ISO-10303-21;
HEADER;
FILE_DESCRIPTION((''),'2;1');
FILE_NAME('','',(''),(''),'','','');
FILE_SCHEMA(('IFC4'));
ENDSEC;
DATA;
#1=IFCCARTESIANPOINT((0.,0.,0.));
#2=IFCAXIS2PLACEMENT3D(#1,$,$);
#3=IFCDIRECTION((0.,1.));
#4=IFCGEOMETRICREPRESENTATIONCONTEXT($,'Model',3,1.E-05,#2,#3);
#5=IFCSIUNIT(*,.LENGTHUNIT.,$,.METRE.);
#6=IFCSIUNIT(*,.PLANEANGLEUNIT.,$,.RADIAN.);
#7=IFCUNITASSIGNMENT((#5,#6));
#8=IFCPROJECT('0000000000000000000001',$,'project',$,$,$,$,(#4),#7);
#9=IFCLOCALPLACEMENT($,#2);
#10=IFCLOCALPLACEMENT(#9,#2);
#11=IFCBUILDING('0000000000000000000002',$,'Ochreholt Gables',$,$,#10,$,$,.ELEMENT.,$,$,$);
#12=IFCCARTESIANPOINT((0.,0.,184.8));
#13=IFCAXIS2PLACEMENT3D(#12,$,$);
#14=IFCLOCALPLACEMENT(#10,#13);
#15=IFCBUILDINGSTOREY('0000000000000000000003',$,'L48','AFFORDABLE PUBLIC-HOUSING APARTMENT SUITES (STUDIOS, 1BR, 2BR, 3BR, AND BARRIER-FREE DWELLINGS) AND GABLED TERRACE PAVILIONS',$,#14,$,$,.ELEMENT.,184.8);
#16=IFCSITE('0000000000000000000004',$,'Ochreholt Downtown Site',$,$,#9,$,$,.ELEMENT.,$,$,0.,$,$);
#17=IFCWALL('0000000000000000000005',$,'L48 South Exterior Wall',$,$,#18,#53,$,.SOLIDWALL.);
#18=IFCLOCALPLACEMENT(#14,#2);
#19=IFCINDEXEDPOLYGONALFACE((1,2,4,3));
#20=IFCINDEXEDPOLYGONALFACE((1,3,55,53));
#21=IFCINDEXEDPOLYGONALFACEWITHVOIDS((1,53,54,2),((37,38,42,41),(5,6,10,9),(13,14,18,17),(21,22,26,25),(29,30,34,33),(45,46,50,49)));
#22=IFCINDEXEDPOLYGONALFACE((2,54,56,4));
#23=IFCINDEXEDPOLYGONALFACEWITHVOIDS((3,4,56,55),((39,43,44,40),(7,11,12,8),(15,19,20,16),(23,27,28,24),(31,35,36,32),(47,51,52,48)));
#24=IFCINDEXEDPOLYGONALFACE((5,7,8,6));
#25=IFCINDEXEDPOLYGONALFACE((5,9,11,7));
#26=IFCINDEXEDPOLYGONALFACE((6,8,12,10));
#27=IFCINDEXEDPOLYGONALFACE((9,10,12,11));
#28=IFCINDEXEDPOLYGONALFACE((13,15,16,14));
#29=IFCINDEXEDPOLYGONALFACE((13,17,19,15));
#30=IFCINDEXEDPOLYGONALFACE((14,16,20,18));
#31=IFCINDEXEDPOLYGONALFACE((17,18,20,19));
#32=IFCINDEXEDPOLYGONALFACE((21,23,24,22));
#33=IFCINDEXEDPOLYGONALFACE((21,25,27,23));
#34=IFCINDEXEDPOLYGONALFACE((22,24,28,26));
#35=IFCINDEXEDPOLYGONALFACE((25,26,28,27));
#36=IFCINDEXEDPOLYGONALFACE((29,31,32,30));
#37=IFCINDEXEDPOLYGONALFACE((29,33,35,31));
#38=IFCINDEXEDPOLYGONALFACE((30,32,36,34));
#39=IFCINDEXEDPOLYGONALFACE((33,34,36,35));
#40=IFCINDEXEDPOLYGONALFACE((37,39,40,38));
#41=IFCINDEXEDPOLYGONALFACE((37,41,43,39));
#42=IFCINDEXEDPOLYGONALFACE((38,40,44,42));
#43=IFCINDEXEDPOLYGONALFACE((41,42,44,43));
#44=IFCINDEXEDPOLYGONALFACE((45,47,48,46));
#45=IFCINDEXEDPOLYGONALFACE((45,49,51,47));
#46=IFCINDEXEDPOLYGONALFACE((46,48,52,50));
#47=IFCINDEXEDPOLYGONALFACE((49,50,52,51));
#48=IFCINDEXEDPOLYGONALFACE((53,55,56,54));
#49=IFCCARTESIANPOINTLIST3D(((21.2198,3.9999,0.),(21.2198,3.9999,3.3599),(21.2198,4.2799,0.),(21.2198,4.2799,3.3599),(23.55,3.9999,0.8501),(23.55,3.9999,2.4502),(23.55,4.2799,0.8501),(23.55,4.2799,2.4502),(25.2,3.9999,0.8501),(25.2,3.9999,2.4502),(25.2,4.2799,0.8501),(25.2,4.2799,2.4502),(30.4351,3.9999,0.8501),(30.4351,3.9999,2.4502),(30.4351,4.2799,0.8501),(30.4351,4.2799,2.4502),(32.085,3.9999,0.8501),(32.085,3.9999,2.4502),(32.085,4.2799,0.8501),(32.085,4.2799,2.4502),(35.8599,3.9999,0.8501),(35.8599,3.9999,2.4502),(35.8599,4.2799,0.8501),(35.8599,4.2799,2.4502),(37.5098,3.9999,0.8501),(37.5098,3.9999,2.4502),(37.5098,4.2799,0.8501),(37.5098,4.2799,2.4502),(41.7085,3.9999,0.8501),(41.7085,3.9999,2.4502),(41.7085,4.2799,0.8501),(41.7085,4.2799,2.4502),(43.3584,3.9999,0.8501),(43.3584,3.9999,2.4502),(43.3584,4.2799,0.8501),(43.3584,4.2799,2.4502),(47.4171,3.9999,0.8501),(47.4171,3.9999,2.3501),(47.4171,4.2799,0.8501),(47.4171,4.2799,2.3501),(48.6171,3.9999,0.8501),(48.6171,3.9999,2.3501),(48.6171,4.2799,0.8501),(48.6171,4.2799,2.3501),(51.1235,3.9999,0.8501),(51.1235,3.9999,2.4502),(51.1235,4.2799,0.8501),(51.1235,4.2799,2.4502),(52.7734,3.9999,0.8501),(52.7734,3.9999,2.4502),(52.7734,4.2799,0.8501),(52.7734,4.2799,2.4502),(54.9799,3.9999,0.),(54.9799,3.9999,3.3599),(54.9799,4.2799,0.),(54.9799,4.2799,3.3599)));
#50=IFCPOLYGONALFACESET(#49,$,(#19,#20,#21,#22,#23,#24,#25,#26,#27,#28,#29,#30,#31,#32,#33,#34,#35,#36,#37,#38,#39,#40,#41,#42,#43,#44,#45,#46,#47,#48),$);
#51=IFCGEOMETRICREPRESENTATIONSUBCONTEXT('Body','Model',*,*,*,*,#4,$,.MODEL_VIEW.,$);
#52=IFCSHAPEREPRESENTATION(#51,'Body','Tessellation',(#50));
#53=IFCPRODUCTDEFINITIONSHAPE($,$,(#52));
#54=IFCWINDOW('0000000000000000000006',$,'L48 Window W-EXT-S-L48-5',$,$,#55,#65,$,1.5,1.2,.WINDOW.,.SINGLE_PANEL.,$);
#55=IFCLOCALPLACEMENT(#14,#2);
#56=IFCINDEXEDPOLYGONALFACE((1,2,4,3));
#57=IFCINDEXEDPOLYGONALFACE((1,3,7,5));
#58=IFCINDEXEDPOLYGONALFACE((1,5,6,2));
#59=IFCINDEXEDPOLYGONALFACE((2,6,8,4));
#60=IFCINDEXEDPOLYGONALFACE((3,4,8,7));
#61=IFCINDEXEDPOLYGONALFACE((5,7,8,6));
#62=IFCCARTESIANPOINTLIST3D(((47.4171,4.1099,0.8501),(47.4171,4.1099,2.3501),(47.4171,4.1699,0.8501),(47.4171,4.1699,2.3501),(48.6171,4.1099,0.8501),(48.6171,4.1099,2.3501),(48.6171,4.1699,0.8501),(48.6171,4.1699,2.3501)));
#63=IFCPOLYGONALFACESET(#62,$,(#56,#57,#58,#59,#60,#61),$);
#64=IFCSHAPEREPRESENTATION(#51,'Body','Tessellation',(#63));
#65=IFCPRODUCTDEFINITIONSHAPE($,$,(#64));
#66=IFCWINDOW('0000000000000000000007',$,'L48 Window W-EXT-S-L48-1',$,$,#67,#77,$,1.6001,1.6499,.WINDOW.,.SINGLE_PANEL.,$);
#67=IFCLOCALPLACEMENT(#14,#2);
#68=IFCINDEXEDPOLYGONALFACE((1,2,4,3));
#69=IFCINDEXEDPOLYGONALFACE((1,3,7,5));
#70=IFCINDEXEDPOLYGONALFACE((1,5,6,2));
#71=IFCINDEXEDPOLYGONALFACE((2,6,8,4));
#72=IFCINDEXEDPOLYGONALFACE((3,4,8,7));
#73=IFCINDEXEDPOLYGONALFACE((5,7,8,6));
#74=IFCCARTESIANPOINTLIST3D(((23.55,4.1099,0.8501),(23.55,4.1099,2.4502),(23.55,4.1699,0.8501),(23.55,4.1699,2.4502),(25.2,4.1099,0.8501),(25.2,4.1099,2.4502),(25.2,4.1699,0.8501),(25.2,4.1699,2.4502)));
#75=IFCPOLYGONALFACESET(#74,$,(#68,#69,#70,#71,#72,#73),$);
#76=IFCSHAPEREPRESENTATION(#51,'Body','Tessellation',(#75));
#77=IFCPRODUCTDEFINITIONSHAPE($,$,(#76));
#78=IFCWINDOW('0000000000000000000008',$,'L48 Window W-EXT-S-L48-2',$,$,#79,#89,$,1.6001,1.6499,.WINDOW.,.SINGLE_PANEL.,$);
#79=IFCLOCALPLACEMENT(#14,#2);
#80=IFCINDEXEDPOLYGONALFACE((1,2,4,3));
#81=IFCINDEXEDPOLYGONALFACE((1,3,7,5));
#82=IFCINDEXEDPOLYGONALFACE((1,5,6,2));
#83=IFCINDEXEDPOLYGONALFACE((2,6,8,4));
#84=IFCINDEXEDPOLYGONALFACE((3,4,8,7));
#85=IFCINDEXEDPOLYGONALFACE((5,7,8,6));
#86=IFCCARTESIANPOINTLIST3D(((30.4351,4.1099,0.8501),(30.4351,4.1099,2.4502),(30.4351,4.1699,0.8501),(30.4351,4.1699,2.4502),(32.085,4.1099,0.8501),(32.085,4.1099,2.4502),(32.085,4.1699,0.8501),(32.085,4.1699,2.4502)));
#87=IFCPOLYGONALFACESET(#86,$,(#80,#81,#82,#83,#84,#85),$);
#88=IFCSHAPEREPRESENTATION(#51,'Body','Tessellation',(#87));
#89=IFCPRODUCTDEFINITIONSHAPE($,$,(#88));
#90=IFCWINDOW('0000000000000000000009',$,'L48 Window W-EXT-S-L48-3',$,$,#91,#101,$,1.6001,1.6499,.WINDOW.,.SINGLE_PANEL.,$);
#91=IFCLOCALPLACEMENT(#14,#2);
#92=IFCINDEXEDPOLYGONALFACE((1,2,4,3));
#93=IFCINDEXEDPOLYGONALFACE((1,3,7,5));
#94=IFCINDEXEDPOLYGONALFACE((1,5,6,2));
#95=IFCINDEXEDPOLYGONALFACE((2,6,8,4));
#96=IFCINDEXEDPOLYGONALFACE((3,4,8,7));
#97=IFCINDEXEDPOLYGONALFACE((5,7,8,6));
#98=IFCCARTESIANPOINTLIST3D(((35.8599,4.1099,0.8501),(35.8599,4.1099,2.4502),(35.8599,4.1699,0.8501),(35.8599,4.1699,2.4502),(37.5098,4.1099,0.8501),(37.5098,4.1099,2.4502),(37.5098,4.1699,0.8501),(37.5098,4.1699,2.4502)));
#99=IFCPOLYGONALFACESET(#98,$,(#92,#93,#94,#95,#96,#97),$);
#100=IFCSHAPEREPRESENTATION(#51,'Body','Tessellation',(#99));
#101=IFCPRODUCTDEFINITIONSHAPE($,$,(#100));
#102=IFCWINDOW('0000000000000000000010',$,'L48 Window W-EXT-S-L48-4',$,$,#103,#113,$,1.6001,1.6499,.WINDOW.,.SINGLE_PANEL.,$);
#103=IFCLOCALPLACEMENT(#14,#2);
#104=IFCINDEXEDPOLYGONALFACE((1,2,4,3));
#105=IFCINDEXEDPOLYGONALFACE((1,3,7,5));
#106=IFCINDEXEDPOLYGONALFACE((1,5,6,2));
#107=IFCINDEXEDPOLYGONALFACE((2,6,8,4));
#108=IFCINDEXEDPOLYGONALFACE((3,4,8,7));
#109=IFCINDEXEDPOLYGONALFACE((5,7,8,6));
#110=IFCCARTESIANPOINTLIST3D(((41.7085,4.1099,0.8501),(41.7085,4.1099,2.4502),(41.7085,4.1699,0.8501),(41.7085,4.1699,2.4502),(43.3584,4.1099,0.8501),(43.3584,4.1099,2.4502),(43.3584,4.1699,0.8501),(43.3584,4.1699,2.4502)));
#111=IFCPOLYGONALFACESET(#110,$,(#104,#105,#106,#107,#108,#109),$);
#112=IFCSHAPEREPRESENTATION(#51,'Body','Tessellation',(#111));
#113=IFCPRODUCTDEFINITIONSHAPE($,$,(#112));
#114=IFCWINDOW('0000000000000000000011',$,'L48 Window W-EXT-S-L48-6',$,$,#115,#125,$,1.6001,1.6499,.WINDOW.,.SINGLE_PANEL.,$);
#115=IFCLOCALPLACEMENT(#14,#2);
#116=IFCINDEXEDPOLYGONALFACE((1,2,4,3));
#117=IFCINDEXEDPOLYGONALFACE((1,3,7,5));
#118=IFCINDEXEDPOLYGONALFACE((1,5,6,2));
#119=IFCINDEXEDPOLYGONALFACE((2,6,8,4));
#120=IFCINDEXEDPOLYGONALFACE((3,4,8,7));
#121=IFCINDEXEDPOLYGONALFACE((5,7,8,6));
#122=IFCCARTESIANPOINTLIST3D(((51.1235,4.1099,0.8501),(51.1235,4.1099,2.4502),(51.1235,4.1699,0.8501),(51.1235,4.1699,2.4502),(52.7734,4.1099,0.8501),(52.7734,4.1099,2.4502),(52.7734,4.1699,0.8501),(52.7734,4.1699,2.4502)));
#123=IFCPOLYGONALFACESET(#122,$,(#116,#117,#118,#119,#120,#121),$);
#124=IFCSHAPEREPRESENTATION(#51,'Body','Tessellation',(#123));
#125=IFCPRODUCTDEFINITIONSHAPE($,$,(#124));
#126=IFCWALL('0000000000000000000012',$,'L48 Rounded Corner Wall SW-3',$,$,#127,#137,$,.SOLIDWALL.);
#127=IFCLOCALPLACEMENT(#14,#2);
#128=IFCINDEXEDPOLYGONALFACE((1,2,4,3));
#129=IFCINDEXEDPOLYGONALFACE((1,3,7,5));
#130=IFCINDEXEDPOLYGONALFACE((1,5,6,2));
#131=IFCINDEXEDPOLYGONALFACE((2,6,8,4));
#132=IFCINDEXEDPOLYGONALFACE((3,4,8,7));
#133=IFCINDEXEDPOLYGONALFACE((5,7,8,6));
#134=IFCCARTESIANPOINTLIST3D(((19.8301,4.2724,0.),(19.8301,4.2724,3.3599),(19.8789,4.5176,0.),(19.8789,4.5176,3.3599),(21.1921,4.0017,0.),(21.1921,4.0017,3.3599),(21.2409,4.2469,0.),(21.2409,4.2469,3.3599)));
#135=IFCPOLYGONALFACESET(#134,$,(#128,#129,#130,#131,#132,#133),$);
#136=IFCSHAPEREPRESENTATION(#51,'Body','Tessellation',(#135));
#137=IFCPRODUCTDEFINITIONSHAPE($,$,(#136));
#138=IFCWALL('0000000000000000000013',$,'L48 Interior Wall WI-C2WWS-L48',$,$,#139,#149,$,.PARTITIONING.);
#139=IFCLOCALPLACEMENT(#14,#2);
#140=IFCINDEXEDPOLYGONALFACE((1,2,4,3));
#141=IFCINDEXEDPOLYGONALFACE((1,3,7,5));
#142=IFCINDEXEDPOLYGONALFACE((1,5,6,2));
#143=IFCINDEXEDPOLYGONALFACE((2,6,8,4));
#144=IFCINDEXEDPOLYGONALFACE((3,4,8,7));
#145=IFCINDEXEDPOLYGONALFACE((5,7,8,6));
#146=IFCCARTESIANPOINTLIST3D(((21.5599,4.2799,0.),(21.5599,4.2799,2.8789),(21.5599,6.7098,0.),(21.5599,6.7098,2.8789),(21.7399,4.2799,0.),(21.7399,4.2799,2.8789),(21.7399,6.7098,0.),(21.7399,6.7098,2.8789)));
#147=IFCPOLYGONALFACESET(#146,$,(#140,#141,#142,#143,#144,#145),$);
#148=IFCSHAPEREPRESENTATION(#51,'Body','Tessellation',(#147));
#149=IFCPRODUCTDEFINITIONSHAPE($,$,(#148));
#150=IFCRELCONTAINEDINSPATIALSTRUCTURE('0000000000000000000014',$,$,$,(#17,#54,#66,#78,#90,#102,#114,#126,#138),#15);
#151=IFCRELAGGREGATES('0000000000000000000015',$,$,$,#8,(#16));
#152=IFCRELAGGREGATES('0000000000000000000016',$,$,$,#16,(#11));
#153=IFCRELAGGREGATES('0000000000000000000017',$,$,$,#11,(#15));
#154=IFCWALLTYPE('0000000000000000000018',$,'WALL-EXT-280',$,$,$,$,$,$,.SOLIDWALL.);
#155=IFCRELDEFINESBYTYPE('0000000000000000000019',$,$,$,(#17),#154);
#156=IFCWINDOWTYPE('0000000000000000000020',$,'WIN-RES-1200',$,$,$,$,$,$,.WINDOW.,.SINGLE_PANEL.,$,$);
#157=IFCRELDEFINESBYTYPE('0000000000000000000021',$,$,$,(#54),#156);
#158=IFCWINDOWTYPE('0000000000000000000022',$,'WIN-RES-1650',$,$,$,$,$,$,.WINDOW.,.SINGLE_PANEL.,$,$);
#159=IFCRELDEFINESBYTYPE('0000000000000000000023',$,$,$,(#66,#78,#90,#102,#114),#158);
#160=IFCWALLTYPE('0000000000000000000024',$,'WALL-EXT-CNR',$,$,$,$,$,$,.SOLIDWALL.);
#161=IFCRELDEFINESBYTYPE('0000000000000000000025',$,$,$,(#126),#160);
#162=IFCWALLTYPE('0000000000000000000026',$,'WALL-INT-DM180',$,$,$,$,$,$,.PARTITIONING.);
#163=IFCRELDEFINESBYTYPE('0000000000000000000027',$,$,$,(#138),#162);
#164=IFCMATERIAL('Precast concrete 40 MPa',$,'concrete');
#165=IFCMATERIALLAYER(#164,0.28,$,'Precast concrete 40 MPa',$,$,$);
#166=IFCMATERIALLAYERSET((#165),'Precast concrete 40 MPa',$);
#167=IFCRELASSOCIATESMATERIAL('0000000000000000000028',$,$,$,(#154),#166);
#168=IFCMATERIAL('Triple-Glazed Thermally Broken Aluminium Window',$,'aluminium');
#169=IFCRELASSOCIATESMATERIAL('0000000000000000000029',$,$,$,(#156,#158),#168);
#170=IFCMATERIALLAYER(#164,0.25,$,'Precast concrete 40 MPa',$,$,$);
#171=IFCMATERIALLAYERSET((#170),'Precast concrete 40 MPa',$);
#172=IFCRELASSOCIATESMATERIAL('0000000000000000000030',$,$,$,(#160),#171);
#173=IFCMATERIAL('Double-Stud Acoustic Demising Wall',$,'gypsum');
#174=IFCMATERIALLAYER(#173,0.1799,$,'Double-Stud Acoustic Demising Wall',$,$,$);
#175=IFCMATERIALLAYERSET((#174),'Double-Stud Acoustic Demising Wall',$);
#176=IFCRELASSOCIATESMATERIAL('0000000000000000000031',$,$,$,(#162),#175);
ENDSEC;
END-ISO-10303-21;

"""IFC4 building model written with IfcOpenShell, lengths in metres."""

from ifc_helpers import new_model, si_unit, direction, frame, frame_2d, origin, place, context, subcontext, project, spatial, rectangle, extrude, material, layer, layer_set, type_object, element, fill, save


model = new_model("IFC4")

# Units and contexts
model_context = context("Model", 3, precision=1e-05, world=origin(), true_north=direction((0.0, 1.0)))
body_context = subcontext(model_context, "Body", "Model", "MODEL_VIEW")
ifc_project = project(units=[si_unit("LENGTHUNIT", "METRE"), si_unit("PLANEANGLEUNIT", "RADIAN")], contexts=[model_context])

# Site, building, storey
site_placement = place(None, origin())
site = spatial("IfcSite", under=ifc_project, at=site_placement, Name="Ochreholt Downtown Site", CompositionType="ELEMENT", RefElevation=0.0)
building_placement = place(site_placement, origin())
building = spatial("IfcBuilding", under=site, at=building_placement, Name="Ochreholt Gables", CompositionType="ELEMENT")
storey_placement = place(building_placement, frame((0.0, 0.0, 184.8)))
storey = spatial("IfcBuildingStorey", under=building, at=storey_placement, Name="L48", Description="AFFORDABLE PUBLIC-HOUSING APARTMENT SUITES (STUDIOS, 1BR, 2BR, 3BR, AND BARRIER-FREE DWELLINGS) AND GABLED TERRACE PAVILIONS", CompositionType="ELEMENT", Elevation=184.8)

# Wall, openings, windows
ifc_material_1 = material(Name="Precast concrete 40 MPa", Category="concrete")
ifc_layer_1 = layer(ifc_material_1, 0.28, Name="Precast concrete 40 MPa")
ifc_layer_set_1 = layer_set([ifc_layer_1], Name="Precast concrete 40 MPa")
wall_type_1 = type_object("IfcWallType", Name="WALL-EXT-280", PredefinedType="SOLIDWALL", material=ifc_layer_set_1)
wall_1_placement = place(storey_placement, frame((21.22, 4.1399, 0.0), z_axis=(0.0, 0.0, 1.0), x_axis=(1.0, 0.0, 0.0)))
wall_1 = element("IfcWall", 1, at=wall_1_placement, inside=storey, type_object=wall_type_1, Name="L48 South Exterior Wall", PredefinedType="SOLIDWALL", context=body_context, shape_type="SweptSolid", body=[
    extrude(rectangle(XDim=33.76, YDim=0.28, at=frame_2d((16.8799, 0.0))), origin(), (0.0, 0.0, 1.0), 3.3599),
])
opening_1_placement = place(wall_1_placement, frame((2.3301, 0.0, 0.8501)))
opening_1 = element("IfcOpeningElement", 2, at=opening_1_placement, cuts=wall_1, PredefinedType="OPENING", context=body_context, shape_type="SweptSolid", body=[
    extrude(rectangle(XDim=1.6499, YDim=1.6001, at=frame_2d((0.825, 0.8))), frame((0.0, 0.1499, 0.0), z_axis=(0.0, -1.0, 0.0), x_axis=(1.0, 0.0, 0.0)), (0.0, 0.0, 1.0), 0.3),
])
opening_2_placement = place(wall_1_placement, frame((9.2151, 0.0, 0.8501)))
opening_2 = element("IfcOpeningElement", 3, at=opening_2_placement, cuts=wall_1, PredefinedType="OPENING", context=body_context, shape_type="SweptSolid", body=[
    extrude(rectangle(XDim=1.6499, YDim=1.6001, at=frame_2d((0.825, 0.8))), frame((0.0, 0.1499, 0.0), z_axis=(0.0, -1.0, 0.0), x_axis=(1.0, 0.0, 0.0)), (0.0, 0.0, 1.0), 0.3),
])
opening_3_placement = place(wall_1_placement, frame((14.6399, 0.0, 0.8501)))
opening_3 = element("IfcOpeningElement", 4, at=opening_3_placement, cuts=wall_1, PredefinedType="OPENING", context=body_context, shape_type="SweptSolid", body=[
    extrude(rectangle(XDim=1.6499, YDim=1.6001, at=frame_2d((0.825, 0.8))), frame((0.0, 0.1499, 0.0), z_axis=(0.0, -1.0, 0.0), x_axis=(1.0, 0.0, 0.0)), (0.0, 0.0, 1.0), 0.3),
])
opening_4_placement = place(wall_1_placement, frame((20.4885, 0.0, 0.8501)))
opening_4 = element("IfcOpeningElement", 5, at=opening_4_placement, cuts=wall_1, PredefinedType="OPENING", context=body_context, shape_type="SweptSolid", body=[
    extrude(rectangle(XDim=1.6499, YDim=1.6001, at=frame_2d((0.825, 0.8))), frame((0.0, 0.1499, 0.0), z_axis=(0.0, -1.0, 0.0), x_axis=(1.0, 0.0, 0.0)), (0.0, 0.0, 1.0), 0.3),
])
opening_5_placement = place(wall_1_placement, frame((26.197, 0.0, 0.8501)))
opening_5 = element("IfcOpeningElement", 6, at=opening_5_placement, cuts=wall_1, PredefinedType="OPENING", context=body_context, shape_type="SweptSolid", body=[
    extrude(rectangle(XDim=1.2, YDim=1.5, at=frame_2d((0.6001, 0.75))), frame((0.0, 0.1499, 0.0), z_axis=(0.0, -1.0, 0.0), x_axis=(1.0, 0.0, 0.0)), (0.0, 0.0, 1.0), 0.3),
])
opening_6_placement = place(wall_1_placement, frame((29.9036, 0.0, 0.8501)))
opening_6 = element("IfcOpeningElement", 7, at=opening_6_placement, cuts=wall_1, PredefinedType="OPENING", context=body_context, shape_type="SweptSolid", body=[
    extrude(rectangle(XDim=1.6499, YDim=1.6001, at=frame_2d((0.825, 0.8))), frame((0.0, 0.1499, 0.0), z_axis=(0.0, -1.0, 0.0), x_axis=(1.0, 0.0, 0.0)), (0.0, 0.0, 1.0), 0.3),
])
ifc_material_2 = material(Name="Triple-Glazed Thermally Broken Aluminium Window", Category="aluminium")
window_type_1 = type_object("IfcWindowType", Name="WIN-RES-1200", PartitioningType="SINGLE_PANEL", PredefinedType="WINDOW", material=ifc_material_2)
window_1_placement = place(opening_5_placement, origin())
window_1 = element("IfcWindow", 8, at=window_1_placement, inside=storey, type_object=window_type_1, Name="L48 Window W-EXT-S-L48-5", OverallHeight=1.5, OverallWidth=1.2, PartitioningType="SINGLE_PANEL", PredefinedType="WINDOW", context=body_context, shape_type="SweptSolid", body=[
    extrude(rectangle(XDim=1.2, YDim=1.5, at=frame_2d((0.6001, 0.75))), frame((0.0, 0.03, 0.0), z_axis=(0.0, -1.0, 0.0), x_axis=(1.0, 0.0, 0.0)), (0.0, 0.0, 1.0), 0.0601),
])
fill(opening_5, window_1)
window_type_2 = type_object("IfcWindowType", Name="WIN-RES-1650", PartitioningType="SINGLE_PANEL", PredefinedType="WINDOW", material=ifc_material_2)
window_2_placement = place(opening_1_placement, origin())
window_2 = element("IfcWindow", 9, at=window_2_placement, inside=storey, type_object=window_type_2, Name="L48 Window W-EXT-S-L48-1", OverallHeight=1.6001, OverallWidth=1.6499, PartitioningType="SINGLE_PANEL", PredefinedType="WINDOW", context=body_context, shape_type="SweptSolid", body=[
    extrude(rectangle(XDim=1.6499, YDim=1.6001, at=frame_2d((0.825, 0.8))), frame((0.0, 0.03, 0.0), z_axis=(0.0, -1.0, 0.0), x_axis=(1.0, 0.0, 0.0)), (0.0, 0.0, 1.0), 0.0601),
])
fill(opening_1, window_2)
window_3_placement = place(opening_2_placement, origin())
window_3 = element("IfcWindow", 10, at=window_3_placement, inside=storey, type_object=window_type_2, Name="L48 Window W-EXT-S-L48-2", OverallHeight=1.6001, OverallWidth=1.6499, PartitioningType="SINGLE_PANEL", PredefinedType="WINDOW", context=body_context, shape_type="SweptSolid", body=[
    extrude(rectangle(XDim=1.6499, YDim=1.6001, at=frame_2d((0.825, 0.8))), frame((0.0, 0.03, 0.0), z_axis=(0.0, -1.0, 0.0), x_axis=(1.0, 0.0, 0.0)), (0.0, 0.0, 1.0), 0.0601),
])
fill(opening_2, window_3)
window_4_placement = place(opening_3_placement, origin())
window_4 = element("IfcWindow", 11, at=window_4_placement, inside=storey, type_object=window_type_2, Name="L48 Window W-EXT-S-L48-3", OverallHeight=1.6001, OverallWidth=1.6499, PartitioningType="SINGLE_PANEL", PredefinedType="WINDOW", context=body_context, shape_type="SweptSolid", body=[
    extrude(rectangle(XDim=1.6499, YDim=1.6001, at=frame_2d((0.825, 0.8))), frame((0.0, 0.03, 0.0), z_axis=(0.0, -1.0, 0.0), x_axis=(1.0, 0.0, 0.0)), (0.0, 0.0, 1.0), 0.0601),
])
fill(opening_3, window_4)
window_5_placement = place(opening_4_placement, origin())
window_5 = element("IfcWindow", 12, at=window_5_placement, inside=storey, type_object=window_type_2, Name="L48 Window W-EXT-S-L48-4", OverallHeight=1.6001, OverallWidth=1.6499, PartitioningType="SINGLE_PANEL", PredefinedType="WINDOW", context=body_context, shape_type="SweptSolid", body=[
    extrude(rectangle(XDim=1.6499, YDim=1.6001, at=frame_2d((0.825, 0.8))), frame((0.0, 0.03, 0.0), z_axis=(0.0, -1.0, 0.0), x_axis=(1.0, 0.0, 0.0)), (0.0, 0.0, 1.0), 0.0601),
])
fill(opening_4, window_5)
window_6_placement = place(opening_6_placement, origin())
window_6 = element("IfcWindow", 13, at=window_6_placement, inside=storey, type_object=window_type_2, Name="L48 Window W-EXT-S-L48-6", OverallHeight=1.6001, OverallWidth=1.6499, PartitioningType="SINGLE_PANEL", PredefinedType="WINDOW", context=body_context, shape_type="SweptSolid", body=[
    extrude(rectangle(XDim=1.6499, YDim=1.6001, at=frame_2d((0.825, 0.8))), frame((0.0, 0.03, 0.0), z_axis=(0.0, -1.0, 0.0), x_axis=(1.0, 0.0, 0.0)), (0.0, 0.0, 1.0), 0.0601),
])
fill(opening_6, window_6)

# Wall
ifc_layer_2 = layer(ifc_material_1, 0.25, Name="Precast concrete 40 MPa")
ifc_layer_set_2 = layer_set([ifc_layer_2], Name="Precast concrete 40 MPa")
wall_type_2 = type_object("IfcWallType", Name="WALL-EXT-CNR", PredefinedType="SOLIDWALL", material=ifc_layer_set_2)
wall_2_placement = place(storey_placement, frame((19.8545, 4.395, 0.0), z_axis=(0.0, 0.0, 1.0), x_axis=(0.98081, -0.194967, 0.0)))
element("IfcWall", 14, at=wall_2_placement, inside=storey, type_object=wall_type_2, Name="L48 Rounded Corner Wall SW-3", PredefinedType="SOLIDWALL", context=body_context, shape_type="SweptSolid", body=[
    extrude(rectangle(XDim=1.3887, YDim=0.25, at=frame_2d((0.6943, 0.0))), origin(), (0.0, 0.0, 1.0), 3.3599),
])

# Wall
ifc_material_3 = material(Name="Double-Stud Acoustic Demising Wall", Category="gypsum")
ifc_layer_3 = layer(ifc_material_3, 0.1799, Name="Double-Stud Acoustic Demising Wall")
ifc_layer_set_3 = layer_set([ifc_layer_3], Name="Double-Stud Acoustic Demising Wall")
wall_type_3 = type_object("IfcWallType", Name="WALL-INT-DM180", PredefinedType="PARTITIONING", material=ifc_layer_set_3)
wall_3_placement = place(storey_placement, frame((21.6499, 4.28, 0.0), z_axis=(0.0, 0.0, 1.0), x_axis=(0.0, 1.0, 0.0)))
element("IfcWall", 15, at=wall_3_placement, inside=storey, type_object=wall_type_3, Name="L48 Interior Wall WI-C2WWS-L48", PredefinedType="PARTITIONING", context=body_context, shape_type="SweptSolid", body=[
    extrude(rectangle(XDim=2.4299, YDim=0.1799, at=frame_2d((1.2148, 0.0))), origin(), (0.0, 0.0, 1.0), 2.8789),
])

save(model, "model.ifc")
